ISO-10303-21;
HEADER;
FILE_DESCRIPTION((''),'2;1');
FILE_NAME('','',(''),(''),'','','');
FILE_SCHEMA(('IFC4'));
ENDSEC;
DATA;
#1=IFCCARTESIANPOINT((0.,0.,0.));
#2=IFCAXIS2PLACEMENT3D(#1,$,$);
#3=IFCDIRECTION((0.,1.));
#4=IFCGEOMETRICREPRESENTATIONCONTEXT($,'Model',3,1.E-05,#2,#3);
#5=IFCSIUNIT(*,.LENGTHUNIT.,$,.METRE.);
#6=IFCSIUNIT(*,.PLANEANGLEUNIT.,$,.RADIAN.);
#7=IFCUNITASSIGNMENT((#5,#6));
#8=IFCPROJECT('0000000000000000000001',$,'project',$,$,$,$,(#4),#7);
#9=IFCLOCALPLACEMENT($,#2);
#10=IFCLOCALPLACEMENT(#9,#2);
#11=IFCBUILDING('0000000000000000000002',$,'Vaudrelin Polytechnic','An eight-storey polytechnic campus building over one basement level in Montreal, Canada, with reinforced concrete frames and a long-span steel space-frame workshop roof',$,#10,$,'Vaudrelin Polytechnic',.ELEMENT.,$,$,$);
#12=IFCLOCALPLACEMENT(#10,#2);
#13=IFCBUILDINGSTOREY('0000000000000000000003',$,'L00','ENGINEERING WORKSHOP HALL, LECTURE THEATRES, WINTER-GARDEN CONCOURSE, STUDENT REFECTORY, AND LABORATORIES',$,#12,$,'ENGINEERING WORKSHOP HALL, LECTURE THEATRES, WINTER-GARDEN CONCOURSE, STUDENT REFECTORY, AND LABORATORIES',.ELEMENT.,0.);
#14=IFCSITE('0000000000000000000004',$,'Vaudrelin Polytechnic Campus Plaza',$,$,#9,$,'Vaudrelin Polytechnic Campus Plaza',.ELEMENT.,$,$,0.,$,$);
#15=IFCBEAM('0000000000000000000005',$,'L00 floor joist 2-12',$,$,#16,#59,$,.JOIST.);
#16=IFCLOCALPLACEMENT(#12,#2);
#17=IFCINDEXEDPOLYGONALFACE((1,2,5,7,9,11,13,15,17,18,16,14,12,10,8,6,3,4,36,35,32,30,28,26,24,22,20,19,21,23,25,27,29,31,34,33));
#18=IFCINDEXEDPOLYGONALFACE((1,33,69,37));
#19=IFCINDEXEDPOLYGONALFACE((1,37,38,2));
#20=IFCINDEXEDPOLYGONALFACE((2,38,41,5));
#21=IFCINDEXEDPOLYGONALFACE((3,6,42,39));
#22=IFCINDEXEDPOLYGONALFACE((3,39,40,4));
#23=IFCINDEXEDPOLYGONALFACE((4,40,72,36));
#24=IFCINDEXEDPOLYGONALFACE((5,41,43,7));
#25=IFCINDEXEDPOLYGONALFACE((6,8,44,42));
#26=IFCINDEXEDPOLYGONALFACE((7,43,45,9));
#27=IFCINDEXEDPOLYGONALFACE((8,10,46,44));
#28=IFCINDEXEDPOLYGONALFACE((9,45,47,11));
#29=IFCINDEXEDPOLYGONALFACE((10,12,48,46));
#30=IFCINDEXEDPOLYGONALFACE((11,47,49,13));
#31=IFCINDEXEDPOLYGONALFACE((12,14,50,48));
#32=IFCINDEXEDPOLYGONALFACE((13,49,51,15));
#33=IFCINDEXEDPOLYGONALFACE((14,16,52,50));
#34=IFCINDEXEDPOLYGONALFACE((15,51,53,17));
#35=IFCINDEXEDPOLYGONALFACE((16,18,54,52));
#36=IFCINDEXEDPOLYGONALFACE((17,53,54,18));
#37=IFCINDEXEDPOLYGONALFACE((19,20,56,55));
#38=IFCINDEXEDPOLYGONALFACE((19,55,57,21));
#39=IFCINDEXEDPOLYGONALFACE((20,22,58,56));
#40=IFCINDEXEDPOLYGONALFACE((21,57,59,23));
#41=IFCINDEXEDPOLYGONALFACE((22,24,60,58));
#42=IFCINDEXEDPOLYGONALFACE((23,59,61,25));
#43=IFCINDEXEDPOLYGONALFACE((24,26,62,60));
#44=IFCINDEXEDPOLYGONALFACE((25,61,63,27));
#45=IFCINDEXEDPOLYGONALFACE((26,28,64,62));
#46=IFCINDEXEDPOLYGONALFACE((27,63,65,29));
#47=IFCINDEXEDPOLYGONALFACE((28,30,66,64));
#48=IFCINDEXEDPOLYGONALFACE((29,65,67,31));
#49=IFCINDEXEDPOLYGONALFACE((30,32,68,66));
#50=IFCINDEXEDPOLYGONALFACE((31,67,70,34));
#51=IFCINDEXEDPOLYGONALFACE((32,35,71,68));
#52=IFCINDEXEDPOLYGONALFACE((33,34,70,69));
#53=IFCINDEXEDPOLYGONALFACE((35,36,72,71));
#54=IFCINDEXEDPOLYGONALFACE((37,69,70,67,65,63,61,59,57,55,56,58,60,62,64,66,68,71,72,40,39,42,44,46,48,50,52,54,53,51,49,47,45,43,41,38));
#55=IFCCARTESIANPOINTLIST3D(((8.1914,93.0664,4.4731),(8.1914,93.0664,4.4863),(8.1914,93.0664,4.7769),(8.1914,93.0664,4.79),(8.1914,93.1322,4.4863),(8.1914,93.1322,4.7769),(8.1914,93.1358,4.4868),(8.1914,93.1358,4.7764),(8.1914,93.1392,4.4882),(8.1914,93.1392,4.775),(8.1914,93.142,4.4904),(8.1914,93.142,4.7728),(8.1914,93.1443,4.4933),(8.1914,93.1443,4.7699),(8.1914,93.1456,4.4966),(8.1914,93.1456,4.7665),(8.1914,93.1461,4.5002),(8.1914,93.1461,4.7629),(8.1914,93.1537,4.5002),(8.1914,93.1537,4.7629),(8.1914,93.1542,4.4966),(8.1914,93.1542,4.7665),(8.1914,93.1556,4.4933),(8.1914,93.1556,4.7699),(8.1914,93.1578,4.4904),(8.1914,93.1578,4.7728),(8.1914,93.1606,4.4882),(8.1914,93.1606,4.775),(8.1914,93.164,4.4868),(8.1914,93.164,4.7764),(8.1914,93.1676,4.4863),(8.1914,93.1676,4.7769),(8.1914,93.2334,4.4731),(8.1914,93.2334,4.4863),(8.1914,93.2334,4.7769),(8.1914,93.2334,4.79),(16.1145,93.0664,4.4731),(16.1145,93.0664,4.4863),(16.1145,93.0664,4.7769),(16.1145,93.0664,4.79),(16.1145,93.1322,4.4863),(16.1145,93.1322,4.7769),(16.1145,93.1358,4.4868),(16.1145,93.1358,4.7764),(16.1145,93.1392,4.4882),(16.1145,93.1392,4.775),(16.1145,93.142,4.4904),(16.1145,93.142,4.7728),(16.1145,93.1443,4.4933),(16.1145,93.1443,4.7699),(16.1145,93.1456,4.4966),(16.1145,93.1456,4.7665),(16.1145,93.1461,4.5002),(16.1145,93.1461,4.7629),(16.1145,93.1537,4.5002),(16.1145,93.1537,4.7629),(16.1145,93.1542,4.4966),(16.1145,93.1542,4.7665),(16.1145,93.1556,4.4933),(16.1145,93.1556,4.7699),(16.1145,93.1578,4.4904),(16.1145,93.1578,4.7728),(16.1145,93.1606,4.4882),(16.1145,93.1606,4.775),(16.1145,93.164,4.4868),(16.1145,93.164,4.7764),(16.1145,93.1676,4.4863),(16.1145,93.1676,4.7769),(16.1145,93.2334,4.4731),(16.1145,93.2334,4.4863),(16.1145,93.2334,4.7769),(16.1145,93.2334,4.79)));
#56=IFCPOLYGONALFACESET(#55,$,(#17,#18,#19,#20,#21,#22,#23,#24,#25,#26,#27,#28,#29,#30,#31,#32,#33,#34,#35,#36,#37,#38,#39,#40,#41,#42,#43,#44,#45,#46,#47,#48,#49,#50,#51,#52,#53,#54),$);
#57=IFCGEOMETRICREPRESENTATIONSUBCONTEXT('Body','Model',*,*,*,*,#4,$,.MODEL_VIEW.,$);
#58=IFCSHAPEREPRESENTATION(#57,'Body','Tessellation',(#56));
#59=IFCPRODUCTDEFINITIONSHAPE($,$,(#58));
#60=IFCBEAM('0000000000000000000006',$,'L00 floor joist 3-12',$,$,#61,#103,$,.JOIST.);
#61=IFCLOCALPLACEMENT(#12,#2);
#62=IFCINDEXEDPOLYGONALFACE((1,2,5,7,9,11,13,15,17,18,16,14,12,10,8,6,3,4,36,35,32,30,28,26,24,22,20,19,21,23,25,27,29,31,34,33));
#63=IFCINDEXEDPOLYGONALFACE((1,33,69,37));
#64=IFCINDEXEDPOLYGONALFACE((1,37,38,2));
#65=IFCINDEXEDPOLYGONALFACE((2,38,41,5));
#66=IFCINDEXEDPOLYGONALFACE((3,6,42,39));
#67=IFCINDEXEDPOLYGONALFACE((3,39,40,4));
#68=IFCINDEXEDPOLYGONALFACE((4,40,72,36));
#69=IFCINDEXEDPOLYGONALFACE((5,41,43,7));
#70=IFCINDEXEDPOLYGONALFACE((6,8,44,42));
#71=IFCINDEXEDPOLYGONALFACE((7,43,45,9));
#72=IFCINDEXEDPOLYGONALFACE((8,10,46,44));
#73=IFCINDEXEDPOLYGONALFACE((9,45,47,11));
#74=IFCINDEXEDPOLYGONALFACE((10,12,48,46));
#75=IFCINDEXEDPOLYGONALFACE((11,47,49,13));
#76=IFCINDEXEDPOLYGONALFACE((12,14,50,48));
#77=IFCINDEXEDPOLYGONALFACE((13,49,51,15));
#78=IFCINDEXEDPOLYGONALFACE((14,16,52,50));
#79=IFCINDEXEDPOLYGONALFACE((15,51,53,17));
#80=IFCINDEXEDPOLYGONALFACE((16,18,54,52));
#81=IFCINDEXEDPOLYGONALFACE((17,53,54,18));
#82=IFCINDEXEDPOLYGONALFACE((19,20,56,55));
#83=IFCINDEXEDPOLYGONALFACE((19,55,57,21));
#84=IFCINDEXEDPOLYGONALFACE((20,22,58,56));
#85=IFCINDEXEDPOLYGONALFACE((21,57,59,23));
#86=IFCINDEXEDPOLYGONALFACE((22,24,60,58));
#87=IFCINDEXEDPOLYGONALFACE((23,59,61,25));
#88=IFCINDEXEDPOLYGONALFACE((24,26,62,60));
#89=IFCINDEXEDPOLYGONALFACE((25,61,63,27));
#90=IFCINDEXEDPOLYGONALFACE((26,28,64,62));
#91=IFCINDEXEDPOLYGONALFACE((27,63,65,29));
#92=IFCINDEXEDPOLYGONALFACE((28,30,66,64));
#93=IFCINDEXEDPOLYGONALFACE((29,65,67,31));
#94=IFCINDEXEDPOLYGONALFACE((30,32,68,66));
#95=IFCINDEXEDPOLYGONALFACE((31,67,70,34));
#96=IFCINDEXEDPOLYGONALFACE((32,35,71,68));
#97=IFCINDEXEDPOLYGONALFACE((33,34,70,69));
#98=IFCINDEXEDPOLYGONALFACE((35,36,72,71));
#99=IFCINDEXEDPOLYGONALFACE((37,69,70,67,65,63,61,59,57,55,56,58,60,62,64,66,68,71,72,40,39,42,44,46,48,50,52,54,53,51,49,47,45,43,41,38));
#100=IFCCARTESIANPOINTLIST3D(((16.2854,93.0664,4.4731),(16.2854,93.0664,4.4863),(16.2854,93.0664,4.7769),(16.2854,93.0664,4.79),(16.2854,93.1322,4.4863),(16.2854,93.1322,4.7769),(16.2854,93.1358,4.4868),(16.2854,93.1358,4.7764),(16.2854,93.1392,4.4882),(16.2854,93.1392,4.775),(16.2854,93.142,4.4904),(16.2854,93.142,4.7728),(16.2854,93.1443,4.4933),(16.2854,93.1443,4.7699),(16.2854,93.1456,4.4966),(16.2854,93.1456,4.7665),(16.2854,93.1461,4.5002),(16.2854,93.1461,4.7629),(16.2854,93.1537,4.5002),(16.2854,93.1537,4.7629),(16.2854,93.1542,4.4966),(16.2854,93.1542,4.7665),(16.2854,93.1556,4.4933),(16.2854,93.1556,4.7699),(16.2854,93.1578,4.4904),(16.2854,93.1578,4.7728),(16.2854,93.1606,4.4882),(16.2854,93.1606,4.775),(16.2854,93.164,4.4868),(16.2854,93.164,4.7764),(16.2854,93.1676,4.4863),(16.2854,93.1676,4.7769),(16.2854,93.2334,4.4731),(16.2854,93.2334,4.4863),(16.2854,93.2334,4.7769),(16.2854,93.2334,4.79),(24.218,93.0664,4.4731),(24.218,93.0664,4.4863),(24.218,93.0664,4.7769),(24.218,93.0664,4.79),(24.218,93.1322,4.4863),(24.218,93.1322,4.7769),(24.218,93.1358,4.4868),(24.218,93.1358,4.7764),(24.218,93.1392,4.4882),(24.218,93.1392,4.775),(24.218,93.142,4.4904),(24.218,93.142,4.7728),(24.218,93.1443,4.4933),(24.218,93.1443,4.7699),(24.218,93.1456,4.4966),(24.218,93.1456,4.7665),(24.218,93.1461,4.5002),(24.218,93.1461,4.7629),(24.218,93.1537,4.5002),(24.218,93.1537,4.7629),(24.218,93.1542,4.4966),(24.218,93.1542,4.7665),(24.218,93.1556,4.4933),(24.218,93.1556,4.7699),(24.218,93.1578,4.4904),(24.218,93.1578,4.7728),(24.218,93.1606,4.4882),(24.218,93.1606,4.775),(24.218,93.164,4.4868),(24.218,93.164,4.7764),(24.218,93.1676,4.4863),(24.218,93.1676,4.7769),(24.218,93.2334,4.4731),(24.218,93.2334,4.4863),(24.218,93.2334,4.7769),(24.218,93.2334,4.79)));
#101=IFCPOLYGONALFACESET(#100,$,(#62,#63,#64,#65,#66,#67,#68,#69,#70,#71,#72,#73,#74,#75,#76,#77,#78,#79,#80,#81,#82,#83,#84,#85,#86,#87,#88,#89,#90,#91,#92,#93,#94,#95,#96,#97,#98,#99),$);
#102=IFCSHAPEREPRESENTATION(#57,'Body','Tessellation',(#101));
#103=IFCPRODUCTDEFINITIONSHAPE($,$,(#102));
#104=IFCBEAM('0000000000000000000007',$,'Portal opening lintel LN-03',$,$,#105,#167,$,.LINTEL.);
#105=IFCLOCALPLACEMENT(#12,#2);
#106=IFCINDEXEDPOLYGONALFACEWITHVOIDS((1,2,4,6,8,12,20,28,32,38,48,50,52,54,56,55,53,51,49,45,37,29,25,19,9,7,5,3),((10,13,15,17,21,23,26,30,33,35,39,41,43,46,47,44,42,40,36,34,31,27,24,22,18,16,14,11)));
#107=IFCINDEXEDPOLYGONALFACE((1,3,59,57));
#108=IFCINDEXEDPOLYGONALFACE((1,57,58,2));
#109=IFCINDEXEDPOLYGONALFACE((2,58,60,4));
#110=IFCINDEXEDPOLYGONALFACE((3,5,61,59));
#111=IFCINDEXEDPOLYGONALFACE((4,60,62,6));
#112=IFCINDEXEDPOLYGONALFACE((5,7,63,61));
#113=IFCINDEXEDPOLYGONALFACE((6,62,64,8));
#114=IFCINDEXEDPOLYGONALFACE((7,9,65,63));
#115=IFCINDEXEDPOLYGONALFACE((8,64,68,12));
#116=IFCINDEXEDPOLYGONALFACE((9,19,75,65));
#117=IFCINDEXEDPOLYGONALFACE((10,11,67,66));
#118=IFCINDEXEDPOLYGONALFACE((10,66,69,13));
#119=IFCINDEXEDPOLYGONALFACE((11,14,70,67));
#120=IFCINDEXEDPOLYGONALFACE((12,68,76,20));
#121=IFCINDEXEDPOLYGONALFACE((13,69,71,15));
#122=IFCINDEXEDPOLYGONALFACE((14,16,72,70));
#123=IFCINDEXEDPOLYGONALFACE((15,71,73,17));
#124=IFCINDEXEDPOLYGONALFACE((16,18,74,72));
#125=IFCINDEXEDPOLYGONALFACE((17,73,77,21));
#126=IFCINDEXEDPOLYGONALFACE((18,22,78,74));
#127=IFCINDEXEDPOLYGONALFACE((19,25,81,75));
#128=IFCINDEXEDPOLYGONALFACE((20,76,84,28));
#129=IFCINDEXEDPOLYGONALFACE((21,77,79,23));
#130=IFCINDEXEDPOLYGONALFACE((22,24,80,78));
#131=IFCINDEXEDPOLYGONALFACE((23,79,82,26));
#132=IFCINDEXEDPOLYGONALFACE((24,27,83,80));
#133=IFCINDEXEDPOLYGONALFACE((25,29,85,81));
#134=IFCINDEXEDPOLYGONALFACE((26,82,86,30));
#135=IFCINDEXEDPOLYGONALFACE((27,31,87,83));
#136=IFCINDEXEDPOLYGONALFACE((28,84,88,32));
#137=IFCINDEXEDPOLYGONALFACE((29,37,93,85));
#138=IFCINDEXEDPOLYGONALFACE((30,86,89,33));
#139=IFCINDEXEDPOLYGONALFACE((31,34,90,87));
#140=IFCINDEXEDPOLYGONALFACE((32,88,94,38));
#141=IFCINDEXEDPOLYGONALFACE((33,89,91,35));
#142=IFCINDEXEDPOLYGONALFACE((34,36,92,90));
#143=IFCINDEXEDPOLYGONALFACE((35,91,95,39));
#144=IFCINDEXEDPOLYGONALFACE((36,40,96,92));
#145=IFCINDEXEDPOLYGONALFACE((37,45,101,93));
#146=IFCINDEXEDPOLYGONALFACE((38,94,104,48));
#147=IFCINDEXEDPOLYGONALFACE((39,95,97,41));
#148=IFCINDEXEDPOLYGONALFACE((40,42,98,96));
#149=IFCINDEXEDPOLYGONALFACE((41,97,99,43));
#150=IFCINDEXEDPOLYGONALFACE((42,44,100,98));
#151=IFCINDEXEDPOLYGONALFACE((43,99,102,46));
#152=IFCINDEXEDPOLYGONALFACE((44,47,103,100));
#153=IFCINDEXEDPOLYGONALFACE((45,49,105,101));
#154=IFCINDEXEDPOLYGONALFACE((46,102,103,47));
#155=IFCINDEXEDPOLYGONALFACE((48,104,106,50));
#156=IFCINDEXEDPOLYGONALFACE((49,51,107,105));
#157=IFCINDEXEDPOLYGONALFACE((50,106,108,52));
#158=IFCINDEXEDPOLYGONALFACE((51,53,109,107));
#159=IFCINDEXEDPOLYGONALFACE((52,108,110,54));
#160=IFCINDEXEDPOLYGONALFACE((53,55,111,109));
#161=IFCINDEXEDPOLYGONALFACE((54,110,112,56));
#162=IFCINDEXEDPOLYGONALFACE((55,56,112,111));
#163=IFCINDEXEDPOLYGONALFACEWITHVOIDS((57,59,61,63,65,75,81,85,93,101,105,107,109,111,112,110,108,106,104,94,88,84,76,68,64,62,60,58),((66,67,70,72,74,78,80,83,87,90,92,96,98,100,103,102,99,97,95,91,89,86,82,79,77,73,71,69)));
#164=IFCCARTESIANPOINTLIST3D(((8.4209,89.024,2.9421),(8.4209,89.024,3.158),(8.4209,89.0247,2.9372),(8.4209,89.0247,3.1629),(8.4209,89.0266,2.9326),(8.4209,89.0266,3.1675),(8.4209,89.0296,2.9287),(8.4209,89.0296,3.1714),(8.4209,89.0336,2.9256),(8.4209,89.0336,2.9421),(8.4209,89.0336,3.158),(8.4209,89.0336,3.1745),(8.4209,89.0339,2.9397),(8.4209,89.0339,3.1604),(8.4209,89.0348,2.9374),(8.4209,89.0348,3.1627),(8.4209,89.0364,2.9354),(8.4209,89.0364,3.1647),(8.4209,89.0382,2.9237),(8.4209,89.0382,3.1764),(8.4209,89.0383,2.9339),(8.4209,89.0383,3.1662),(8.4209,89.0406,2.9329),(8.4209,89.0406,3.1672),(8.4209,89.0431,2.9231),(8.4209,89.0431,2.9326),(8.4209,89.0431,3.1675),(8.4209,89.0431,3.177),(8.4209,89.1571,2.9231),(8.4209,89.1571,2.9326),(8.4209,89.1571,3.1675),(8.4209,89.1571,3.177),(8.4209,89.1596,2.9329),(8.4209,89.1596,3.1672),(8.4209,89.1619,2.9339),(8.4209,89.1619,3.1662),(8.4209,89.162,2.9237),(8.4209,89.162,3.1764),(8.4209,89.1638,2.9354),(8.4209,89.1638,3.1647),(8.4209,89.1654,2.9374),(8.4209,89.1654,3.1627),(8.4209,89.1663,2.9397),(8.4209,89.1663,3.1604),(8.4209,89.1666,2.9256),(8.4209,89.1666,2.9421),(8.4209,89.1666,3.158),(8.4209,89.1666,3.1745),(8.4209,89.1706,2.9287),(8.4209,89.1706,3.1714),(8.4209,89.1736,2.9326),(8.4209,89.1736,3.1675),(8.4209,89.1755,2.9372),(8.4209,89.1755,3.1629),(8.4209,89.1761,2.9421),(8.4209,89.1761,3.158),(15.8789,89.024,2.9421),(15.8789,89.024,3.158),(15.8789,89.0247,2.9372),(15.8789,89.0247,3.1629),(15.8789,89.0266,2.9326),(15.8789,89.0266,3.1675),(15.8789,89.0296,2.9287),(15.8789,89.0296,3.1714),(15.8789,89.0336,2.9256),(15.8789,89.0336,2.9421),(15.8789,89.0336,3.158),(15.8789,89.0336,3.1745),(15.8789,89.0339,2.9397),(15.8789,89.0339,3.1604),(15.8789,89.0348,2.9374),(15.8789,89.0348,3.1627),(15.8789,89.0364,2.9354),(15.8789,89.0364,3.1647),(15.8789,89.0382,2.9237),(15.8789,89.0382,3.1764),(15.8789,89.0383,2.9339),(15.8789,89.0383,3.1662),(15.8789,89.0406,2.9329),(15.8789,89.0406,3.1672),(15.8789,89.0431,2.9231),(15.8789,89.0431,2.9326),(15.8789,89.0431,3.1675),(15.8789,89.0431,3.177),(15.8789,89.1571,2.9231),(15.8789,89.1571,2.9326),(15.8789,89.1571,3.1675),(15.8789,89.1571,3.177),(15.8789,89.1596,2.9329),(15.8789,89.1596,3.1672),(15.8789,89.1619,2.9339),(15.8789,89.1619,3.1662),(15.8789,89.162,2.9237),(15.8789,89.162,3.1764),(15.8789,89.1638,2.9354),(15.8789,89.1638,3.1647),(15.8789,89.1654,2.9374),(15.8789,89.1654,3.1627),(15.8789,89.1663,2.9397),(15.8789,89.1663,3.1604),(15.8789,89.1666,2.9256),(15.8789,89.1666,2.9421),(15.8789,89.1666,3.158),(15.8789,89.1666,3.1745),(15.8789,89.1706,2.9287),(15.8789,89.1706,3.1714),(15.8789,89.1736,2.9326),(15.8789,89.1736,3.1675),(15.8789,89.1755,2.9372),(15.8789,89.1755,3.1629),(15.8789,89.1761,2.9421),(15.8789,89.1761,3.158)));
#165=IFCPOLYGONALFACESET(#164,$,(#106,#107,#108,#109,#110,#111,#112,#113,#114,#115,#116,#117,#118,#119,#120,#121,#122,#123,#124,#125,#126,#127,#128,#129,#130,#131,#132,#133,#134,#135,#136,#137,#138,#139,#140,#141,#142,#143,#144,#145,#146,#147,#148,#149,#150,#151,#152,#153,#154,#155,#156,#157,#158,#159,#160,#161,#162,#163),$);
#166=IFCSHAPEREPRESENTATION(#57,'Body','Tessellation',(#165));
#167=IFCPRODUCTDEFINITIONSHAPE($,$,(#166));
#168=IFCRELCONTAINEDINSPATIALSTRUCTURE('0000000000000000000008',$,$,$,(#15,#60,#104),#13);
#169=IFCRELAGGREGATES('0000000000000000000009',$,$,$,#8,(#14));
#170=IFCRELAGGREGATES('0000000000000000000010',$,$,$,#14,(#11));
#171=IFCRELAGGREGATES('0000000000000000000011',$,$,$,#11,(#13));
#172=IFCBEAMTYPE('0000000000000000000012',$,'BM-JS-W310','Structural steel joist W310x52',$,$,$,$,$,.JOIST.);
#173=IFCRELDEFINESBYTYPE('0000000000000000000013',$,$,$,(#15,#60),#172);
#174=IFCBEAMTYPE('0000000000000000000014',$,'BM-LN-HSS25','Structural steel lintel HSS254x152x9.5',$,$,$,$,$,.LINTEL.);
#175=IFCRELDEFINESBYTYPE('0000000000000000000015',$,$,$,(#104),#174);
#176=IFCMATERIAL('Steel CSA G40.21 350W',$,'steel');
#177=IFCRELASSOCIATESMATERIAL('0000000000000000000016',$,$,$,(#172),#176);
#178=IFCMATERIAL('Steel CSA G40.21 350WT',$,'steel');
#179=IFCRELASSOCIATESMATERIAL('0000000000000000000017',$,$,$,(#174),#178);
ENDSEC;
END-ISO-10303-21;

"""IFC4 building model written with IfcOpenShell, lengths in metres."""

from ifc_helpers import new_model, si_unit, direction, frame, origin, origin_2d, place, context, subcontext, project, spatial, hollow_rectangle, i_section, extrude, material, material_profile, profile_set, type_object, element, save


model = new_model("IFC4")

# Units and contexts
model_context = context("Model", 3, precision=1e-05, world=origin(), true_north=direction((0.0, 1.0)))
body_context = subcontext(model_context, "Body", "Model", "MODEL_VIEW")
ifc_project = project(units=[si_unit("LENGTHUNIT", "METRE"), si_unit("PLANEANGLEUNIT", "RADIAN")], contexts=[model_context])

# Site, building, storey
site_placement = place(None, origin())
site = spatial("IfcSite", under=ifc_project, at=site_placement, Name="Vaudrelin Polytechnic Campus Plaza", LongName="Vaudrelin Polytechnic Campus Plaza", CompositionType="ELEMENT", RefElevation=0.0)
building_placement = place(site_placement, origin())
building = spatial("IfcBuilding", under=site, at=building_placement, Name="Vaudrelin Polytechnic", Description="An eight-storey polytechnic campus building over one basement level in Montreal, Canada, with reinforced concrete frames and a long-span steel space-frame workshop roof", LongName="Vaudrelin Polytechnic", CompositionType="ELEMENT")
storey_placement = place(building_placement, origin())
storey = spatial("IfcBuildingStorey", under=building, at=storey_placement, Name="L00", Description="ENGINEERING WORKSHOP HALL, LECTURE THEATRES, WINTER-GARDEN CONCOURSE, STUDENT REFECTORY, AND LABORATORIES", LongName="ENGINEERING WORKSHOP HALL, LECTURE THEATRES, WINTER-GARDEN CONCOURSE, STUDENT REFECTORY, AND LABORATORIES", CompositionType="ELEMENT", Elevation=0.0)

# Beams
ifc_material_1 = material(Name="Steel CSA G40.21 350W", Category="steel")
ifc_material_2 = material(Name="Steel CSA G40.21 350WT", Category="steel")
ifc_material_profile_1 = material_profile(ifc_material_1, i_section(OverallWidth=0.167, OverallDepth=0.3169, WebThickness=0.0076, FlangeThickness=0.0132, FilletRadius=0.0139, at=origin_2d()), Name="W310x52")
ifc_profile_set_1 = profile_set([ifc_material_profile_1], Name="Steel CSA G40.21 350W")
beam_type_1 = type_object("IfcBeamType", Name="BM-JS-W310", Description="Structural steel joist W310x52", PredefinedType="JOIST", material=ifc_profile_set_1)
beam_1_placement = place(storey_placement, frame((8.1914, 93.1499, 4.6316), z_axis=(1.0, 0.0, 0.0), x_axis=(0.0, 1.0, 0.0)))
element("IfcBeam", 1, at=beam_1_placement, inside=storey, type_object=beam_type_1, Name="L00 floor joist 2-12", PredefinedType="JOIST", context=body_context, shape_type="SweptSolid", body=[
    extrude(i_section(OverallWidth=0.167, OverallDepth=0.3169, WebThickness=0.0076, FlangeThickness=0.0132, FilletRadius=0.0139, at=origin_2d()), origin(), (0.0, 0.0, 1.0), 7.9231),
])
beam_2_placement = place(storey_placement, frame((16.2854, 93.1499, 4.6316), z_axis=(1.0, 0.0, 0.0), x_axis=(0.0, 1.0, 0.0)))
element("IfcBeam", 2, at=beam_2_placement, inside=storey, type_object=beam_type_1, Name="L00 floor joist 3-12", PredefinedType="JOIST", context=body_context, shape_type="SweptSolid", body=[
    extrude(i_section(OverallWidth=0.167, OverallDepth=0.3169, WebThickness=0.0076, FlangeThickness=0.0132, FilletRadius=0.0139, at=origin_2d()), origin(), (0.0, 0.0, 1.0), 7.9326),
])
ifc_material_profile_2 = material_profile(ifc_material_2, hollow_rectangle(XDim=0.1521, YDim=0.2539, WallThickness=0.0095, InnerFilletRadius=0.0095, OuterFilletRadius=0.019, at=origin_2d()), Name="HSS254x152x9.5")
ifc_profile_set_2 = profile_set([ifc_material_profile_2], Name="Steel CSA G40.21 350WT")
beam_type_2 = type_object("IfcBeamType", Name="BM-LN-HSS25", Description="Structural steel lintel HSS254x152x9.5", PredefinedType="LINTEL", material=ifc_profile_set_2)
for number, where, z_axis, x_axis, name in (
    (3, (8.4209, 89.1001, 3.05), (1.0, 0.0, 0.0), (0.0, 1.0, 0.0), "Portal opening lintel LN-03"),
):
    element("IfcBeam", number, at=place(storey_placement, frame(where, z_axis=z_axis, x_axis=x_axis)), inside=storey, type_object=beam_type_2, Name=name, PredefinedType="LINTEL", context=body_context, shape_type="SweptSolid", body=[
        extrude(hollow_rectangle(XDim=0.1521, YDim=0.2539, WallThickness=0.0095, InnerFilletRadius=0.0095, OuterFilletRadius=0.019, at=origin_2d()), origin(), (0.0, 0.0, 1.0), 7.458),
    ])

save(model, "model.ifc")
